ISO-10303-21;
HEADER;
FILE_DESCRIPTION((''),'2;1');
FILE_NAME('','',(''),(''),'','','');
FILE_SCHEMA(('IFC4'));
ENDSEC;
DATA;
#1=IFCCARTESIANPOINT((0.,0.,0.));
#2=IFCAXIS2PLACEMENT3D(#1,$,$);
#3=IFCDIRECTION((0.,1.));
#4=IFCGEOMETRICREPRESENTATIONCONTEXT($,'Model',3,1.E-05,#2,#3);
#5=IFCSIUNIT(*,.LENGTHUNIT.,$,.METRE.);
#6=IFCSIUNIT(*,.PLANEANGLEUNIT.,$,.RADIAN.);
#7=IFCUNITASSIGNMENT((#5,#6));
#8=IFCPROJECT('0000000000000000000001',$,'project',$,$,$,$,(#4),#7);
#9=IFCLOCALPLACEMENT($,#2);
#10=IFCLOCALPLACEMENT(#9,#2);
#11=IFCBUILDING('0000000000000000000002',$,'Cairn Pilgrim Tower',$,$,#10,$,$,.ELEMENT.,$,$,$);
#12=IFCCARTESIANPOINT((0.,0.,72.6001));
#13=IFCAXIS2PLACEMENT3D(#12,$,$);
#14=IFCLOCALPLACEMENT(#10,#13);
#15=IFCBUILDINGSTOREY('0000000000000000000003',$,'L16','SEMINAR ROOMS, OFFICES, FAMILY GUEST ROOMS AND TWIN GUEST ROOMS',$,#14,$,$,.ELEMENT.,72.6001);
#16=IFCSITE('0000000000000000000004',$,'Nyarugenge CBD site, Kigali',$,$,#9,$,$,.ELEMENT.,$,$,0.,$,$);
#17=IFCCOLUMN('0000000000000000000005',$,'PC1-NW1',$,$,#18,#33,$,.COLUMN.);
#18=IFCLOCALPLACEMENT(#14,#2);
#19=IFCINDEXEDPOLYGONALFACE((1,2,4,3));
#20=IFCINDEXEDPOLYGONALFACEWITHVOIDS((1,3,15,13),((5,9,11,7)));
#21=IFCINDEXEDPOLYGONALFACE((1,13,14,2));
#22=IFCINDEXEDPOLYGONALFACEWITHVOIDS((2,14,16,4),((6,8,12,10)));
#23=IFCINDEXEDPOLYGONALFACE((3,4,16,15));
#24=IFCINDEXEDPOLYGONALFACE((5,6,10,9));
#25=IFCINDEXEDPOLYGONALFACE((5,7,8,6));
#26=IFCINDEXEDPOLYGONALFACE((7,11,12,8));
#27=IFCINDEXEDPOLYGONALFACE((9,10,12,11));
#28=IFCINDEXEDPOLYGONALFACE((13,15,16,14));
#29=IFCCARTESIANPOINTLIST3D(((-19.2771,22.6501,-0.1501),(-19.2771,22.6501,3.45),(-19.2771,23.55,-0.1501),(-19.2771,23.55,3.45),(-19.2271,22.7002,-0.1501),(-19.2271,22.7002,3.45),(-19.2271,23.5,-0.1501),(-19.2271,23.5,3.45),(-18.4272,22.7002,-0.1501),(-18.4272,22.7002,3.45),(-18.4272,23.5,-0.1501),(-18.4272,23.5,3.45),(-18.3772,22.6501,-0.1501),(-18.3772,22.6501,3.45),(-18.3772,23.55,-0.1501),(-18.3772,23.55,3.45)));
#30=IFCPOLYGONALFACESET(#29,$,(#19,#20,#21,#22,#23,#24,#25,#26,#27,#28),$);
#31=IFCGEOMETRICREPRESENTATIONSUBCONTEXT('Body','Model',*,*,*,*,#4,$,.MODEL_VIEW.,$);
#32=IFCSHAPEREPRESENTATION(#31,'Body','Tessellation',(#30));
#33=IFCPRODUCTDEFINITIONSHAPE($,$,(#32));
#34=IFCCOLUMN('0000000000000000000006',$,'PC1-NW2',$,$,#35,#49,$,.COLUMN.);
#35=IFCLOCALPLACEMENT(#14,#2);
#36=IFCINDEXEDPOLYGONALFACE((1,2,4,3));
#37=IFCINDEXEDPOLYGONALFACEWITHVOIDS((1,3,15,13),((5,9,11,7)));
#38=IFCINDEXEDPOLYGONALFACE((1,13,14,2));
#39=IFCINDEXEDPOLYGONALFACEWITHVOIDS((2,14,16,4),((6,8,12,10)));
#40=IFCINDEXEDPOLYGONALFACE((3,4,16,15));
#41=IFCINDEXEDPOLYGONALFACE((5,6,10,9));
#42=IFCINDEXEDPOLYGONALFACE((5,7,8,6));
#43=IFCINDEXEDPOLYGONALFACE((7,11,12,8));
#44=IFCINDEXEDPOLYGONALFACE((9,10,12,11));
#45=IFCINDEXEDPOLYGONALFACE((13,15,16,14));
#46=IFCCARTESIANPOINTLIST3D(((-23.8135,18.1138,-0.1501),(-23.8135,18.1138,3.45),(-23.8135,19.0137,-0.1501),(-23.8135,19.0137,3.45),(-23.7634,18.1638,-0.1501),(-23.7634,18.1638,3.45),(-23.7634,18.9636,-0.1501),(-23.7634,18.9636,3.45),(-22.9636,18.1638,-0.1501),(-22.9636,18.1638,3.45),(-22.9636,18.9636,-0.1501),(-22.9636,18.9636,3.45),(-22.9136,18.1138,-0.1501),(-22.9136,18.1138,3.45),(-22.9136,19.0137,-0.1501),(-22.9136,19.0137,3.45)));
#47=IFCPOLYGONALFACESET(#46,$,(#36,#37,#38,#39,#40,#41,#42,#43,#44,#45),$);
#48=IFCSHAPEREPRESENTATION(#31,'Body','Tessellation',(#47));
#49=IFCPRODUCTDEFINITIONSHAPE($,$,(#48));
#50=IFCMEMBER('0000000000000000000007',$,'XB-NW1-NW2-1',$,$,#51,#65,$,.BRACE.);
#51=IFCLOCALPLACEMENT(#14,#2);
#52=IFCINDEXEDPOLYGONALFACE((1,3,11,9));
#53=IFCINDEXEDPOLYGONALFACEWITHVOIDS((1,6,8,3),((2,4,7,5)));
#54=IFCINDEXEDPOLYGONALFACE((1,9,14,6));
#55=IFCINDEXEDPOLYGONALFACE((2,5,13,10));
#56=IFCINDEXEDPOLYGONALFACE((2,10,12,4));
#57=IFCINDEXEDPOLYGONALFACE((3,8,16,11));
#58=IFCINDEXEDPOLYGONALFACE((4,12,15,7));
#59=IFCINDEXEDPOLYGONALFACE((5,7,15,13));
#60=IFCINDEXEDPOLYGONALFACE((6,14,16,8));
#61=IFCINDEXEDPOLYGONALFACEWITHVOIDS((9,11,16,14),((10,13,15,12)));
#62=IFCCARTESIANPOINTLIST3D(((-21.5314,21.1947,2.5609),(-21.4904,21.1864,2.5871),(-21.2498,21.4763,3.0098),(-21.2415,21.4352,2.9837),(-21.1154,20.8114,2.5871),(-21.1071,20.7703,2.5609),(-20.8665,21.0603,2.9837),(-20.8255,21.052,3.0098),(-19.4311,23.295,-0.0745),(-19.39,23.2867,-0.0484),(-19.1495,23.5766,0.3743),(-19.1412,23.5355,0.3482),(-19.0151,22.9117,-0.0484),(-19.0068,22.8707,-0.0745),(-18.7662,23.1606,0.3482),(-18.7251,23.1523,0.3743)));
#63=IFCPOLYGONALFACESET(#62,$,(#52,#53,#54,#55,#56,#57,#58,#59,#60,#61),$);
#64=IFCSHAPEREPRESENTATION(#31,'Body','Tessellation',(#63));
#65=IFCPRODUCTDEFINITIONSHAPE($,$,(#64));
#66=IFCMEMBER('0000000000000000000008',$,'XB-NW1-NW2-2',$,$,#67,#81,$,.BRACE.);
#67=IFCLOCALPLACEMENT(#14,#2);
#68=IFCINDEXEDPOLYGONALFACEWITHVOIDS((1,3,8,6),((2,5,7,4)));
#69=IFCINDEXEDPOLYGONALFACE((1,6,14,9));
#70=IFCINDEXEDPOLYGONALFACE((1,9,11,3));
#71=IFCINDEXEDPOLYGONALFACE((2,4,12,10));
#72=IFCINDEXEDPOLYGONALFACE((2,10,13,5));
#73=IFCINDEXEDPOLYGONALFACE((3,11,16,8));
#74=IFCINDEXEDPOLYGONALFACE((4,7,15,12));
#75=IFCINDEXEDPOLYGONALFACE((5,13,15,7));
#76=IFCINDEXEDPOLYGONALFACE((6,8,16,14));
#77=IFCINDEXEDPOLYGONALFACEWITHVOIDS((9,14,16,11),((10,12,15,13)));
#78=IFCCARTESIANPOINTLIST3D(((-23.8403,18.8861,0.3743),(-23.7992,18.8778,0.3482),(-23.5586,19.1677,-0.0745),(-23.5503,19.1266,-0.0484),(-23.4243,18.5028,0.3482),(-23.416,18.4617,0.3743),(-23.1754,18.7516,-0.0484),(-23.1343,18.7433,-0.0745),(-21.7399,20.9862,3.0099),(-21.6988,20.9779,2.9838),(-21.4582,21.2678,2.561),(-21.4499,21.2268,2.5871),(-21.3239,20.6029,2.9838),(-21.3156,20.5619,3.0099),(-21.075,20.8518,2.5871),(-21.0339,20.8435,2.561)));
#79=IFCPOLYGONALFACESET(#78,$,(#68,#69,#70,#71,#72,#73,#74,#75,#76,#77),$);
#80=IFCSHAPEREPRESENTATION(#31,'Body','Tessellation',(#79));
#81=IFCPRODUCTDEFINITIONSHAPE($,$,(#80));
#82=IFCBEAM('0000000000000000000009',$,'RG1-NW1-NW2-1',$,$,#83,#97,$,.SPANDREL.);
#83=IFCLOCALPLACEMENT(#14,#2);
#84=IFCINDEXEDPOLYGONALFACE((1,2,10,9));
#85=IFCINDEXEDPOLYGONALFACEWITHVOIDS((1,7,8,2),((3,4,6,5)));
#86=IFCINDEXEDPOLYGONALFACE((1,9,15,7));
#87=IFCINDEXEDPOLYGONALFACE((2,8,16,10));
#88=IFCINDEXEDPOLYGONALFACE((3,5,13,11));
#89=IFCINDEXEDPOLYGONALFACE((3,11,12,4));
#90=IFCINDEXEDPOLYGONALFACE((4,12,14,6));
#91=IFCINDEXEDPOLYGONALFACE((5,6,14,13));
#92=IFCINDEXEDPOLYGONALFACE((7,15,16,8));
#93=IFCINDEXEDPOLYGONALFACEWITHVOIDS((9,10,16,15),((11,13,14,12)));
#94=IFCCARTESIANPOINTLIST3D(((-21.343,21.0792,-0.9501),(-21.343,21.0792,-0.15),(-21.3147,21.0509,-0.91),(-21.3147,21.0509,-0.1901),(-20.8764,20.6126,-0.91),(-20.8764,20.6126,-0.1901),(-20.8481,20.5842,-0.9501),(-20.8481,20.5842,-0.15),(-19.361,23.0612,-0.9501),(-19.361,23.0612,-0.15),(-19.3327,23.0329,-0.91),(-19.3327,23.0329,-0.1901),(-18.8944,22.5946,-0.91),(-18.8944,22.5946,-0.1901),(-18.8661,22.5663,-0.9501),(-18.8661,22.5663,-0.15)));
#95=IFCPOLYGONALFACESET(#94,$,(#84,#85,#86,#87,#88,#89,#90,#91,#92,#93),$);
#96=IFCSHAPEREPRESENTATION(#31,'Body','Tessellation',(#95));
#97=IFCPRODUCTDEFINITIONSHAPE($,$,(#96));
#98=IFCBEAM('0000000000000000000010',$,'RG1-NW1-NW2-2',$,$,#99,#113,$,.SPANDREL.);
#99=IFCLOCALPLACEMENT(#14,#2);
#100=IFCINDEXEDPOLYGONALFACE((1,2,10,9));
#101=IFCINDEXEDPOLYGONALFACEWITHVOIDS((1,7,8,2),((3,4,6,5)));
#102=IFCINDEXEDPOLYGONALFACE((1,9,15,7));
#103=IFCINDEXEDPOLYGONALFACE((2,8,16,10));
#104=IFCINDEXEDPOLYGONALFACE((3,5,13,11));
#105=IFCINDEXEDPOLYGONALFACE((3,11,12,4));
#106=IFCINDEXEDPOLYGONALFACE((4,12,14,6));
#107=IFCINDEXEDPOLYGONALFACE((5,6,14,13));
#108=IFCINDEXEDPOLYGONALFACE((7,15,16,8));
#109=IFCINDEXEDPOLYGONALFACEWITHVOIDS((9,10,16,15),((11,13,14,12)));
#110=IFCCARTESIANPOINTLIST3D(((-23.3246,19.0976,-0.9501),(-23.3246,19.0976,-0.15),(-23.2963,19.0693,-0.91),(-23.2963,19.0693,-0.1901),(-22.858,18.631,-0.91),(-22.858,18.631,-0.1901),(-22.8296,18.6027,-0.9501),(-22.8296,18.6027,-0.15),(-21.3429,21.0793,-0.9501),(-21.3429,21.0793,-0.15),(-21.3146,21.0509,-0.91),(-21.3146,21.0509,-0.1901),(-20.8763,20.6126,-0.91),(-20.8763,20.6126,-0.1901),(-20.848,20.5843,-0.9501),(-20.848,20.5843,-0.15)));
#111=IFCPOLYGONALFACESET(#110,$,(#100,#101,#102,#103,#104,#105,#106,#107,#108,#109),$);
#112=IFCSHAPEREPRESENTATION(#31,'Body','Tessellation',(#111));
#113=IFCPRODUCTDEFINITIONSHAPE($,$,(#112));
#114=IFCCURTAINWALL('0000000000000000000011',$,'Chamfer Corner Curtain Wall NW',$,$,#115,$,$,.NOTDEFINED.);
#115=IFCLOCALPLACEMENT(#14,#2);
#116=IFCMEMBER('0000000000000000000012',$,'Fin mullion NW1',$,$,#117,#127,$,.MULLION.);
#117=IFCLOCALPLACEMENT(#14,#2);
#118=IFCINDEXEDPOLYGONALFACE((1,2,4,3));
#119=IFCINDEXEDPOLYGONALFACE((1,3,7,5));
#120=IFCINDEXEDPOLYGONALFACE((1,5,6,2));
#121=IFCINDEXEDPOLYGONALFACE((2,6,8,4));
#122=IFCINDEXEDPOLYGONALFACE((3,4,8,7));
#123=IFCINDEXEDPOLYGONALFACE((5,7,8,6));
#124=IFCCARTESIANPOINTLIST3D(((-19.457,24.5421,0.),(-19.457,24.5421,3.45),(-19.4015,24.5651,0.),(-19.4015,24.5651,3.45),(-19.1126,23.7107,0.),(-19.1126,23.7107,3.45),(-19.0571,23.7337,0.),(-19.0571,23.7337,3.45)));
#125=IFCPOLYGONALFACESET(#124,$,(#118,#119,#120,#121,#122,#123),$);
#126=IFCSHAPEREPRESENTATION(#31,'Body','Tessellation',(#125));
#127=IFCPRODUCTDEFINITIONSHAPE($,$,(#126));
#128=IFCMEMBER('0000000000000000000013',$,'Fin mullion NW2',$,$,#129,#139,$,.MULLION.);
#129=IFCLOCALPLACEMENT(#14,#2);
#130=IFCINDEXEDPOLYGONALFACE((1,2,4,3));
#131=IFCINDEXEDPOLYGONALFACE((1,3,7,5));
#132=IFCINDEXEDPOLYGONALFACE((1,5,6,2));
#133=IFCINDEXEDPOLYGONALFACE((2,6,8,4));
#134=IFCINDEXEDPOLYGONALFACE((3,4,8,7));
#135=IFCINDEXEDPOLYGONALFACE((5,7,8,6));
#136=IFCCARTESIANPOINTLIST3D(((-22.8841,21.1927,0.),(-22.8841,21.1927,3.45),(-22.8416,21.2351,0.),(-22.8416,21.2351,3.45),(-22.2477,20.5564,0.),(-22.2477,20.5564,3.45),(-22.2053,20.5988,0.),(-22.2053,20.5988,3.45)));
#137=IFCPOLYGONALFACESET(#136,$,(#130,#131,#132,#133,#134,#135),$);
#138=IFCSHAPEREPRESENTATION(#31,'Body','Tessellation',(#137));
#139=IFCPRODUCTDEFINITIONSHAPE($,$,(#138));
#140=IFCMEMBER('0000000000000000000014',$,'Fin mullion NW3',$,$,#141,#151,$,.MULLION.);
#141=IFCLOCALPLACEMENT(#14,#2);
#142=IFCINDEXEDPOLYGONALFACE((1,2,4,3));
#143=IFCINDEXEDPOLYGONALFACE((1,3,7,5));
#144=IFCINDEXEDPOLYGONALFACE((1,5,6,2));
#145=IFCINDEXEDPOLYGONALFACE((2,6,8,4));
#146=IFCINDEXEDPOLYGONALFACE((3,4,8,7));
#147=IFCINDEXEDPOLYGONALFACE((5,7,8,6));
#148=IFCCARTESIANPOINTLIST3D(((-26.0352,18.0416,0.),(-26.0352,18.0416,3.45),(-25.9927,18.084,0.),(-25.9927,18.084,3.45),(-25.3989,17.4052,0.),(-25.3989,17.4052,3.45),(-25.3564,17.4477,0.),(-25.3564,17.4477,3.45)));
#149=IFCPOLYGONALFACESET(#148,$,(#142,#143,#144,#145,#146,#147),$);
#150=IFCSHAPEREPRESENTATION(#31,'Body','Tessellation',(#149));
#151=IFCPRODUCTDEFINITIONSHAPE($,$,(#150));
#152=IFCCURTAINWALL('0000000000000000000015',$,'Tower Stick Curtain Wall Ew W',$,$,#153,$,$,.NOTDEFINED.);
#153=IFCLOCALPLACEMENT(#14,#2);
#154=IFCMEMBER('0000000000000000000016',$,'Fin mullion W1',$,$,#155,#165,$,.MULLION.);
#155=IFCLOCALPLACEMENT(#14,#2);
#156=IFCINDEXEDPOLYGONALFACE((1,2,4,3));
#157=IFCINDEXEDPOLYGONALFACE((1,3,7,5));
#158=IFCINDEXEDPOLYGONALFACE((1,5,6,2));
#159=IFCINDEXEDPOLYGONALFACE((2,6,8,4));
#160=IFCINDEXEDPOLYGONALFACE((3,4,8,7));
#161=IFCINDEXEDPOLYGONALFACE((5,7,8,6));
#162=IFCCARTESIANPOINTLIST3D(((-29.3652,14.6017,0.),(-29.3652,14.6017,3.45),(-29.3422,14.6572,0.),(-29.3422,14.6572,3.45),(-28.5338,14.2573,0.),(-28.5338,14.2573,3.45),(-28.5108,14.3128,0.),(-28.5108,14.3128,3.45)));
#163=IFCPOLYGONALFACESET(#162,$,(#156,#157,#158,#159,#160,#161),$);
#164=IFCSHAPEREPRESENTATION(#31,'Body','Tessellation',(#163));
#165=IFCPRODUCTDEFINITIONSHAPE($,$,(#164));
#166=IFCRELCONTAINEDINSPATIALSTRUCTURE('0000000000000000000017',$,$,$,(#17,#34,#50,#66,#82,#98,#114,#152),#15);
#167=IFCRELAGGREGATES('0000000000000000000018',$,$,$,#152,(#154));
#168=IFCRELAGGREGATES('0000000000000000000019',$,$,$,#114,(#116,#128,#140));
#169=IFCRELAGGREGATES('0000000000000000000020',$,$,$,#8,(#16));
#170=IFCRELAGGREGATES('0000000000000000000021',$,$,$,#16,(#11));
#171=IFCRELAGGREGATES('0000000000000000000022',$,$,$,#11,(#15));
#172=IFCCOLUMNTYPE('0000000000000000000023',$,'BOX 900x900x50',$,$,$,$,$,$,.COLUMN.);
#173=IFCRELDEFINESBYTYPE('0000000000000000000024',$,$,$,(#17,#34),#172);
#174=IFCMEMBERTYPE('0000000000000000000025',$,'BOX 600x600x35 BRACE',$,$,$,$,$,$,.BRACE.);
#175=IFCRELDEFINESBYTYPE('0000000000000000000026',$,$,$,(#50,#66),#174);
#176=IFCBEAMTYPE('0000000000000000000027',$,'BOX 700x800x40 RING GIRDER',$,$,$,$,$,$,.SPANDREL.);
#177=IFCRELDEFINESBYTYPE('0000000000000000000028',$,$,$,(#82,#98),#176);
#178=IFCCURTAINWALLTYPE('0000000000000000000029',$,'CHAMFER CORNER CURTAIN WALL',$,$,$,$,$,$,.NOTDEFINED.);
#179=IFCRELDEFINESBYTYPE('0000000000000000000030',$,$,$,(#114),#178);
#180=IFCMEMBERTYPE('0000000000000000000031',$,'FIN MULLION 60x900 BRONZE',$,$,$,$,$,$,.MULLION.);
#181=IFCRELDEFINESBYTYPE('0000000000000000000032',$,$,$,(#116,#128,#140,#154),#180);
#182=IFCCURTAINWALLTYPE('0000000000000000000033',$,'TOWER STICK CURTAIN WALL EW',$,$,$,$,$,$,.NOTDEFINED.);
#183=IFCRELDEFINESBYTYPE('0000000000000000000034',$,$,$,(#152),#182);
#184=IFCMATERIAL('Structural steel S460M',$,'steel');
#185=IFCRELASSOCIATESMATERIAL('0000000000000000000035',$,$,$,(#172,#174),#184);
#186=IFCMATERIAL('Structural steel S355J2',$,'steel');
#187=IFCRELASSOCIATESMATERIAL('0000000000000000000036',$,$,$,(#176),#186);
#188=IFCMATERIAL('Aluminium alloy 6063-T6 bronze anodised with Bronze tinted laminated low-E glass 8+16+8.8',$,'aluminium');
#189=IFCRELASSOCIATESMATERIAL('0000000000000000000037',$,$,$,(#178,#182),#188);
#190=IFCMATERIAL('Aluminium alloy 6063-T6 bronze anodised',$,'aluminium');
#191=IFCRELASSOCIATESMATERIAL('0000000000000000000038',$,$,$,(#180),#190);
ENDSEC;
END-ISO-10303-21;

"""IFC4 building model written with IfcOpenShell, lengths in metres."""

from ifc_helpers import new_model, si_unit, direction, frame, origin, origin_2d, place, context, subcontext, project, spatial, rectangle, hollow_rectangle, extrude, material, material_profile, profile_set, type_object, element, aggregate, save


model = new_model("IFC4")

# Units and contexts
model_context = context("Model", 3, precision=1e-05, world=origin(), true_north=direction((0.0, 1.0)))
body_context = subcontext(model_context, "Body", "Model", "MODEL_VIEW")
ifc_project = project(units=[si_unit("LENGTHUNIT", "METRE"), si_unit("PLANEANGLEUNIT", "RADIAN")], contexts=[model_context])

# Site, building, storey
site_placement = place(None, origin())
site = spatial("IfcSite", under=ifc_project, at=site_placement, Name="Nyarugenge CBD site, Kigali", CompositionType="ELEMENT", RefElevation=0.0)
building_placement = place(site_placement, origin())
building = spatial("IfcBuilding", under=site, at=building_placement, Name="Cairn Pilgrim Tower", CompositionType="ELEMENT")
storey_placement = place(building_placement, frame((0.0, 0.0, 72.6001)))
storey = spatial("IfcBuildingStorey", under=building, at=storey_placement, Name="L16", Description="SEMINAR ROOMS, OFFICES, FAMILY GUEST ROOMS AND TWIN GUEST ROOMS", CompositionType="ELEMENT", Elevation=72.6001)

# Columns
ifc_material_1 = material(Name="Structural steel S460M", Category="steel")
ifc_material_profile_1 = material_profile(ifc_material_1, hollow_rectangle(XDim=0.8999, YDim=0.8999, WallThickness=0.05, at=origin_2d()), Name="BOX 900x900x50")
ifc_profile_set_1 = profile_set([ifc_material_profile_1], Name="Structural steel S460M")
column_type = type_object("IfcColumnType", Name="BOX 900x900x50", PredefinedType="COLUMN", material=ifc_profile_set_1)
for number, where, z_axis, x_axis, name in (
    (1, (-18.8271, 23.1001, -0.1501), (0.0, 0.0, 1.0), (1.0, 0.0, 0.0), "PC1-NW1"),
    (2, (-23.3635, 18.5637, -0.1501), (0.0, 0.0, 1.0), (1.0, 0.0, 0.0), "PC1-NW2"),
):
    element("IfcColumn", number, at=place(storey_placement, frame(where, z_axis=z_axis, x_axis=x_axis)), inside=storey, type_object=column_type, Name=name, PredefinedType="COLUMN", context=body_context, shape_type="SweptSolid", body=[
        extrude(hollow_rectangle(XDim=0.8999, YDim=0.8999, WallThickness=0.05, at=origin_2d()), origin(), (0.0, 0.0, 1.0), 3.6001),
    ])

# Members
ifc_material_profile_2 = material_profile(ifc_material_1, hollow_rectangle(XDim=0.6001, YDim=0.6001, WallThickness=0.0349, at=origin_2d()), Name="BOX 600x600x35")
ifc_profile_set_2 = profile_set([ifc_material_profile_2], Name="Structural steel S460M")
member_type_1 = type_object("IfcMemberType", Name="BOX 600x600x35 BRACE", PredefinedType="BRACE", material=ifc_profile_set_2)
for number, where, z_axis, x_axis, name in (
    (3, (-19.0781, 23.2236, 0.1499), (-0.528922, -0.528922, 0.663689), (0.707107, -0.707107, 0.0), "XB-NW1-NW2-1"),
    (4, (-23.4873, 18.8147, 0.1499), (0.528939, 0.528878, 0.66371), (-0.707066, 0.707148, 0.0), "XB-NW1-NW2-2"),
):
    element("IfcMember", number, at=place(storey_placement, frame(where, z_axis=z_axis, x_axis=x_axis)), inside=storey, type_object=member_type_1, Name=name, PredefinedType="BRACE", context=body_context, shape_type="SweptSolid", body=[
        extrude(hollow_rectangle(XDim=0.6001, YDim=0.6001, WallThickness=0.0349, at=origin_2d()), origin(), (0.0, 0.0, 1.0), 3.9709),
    ])

# Beams
ifc_material_2 = material(Name="Structural steel S355J2", Category="steel")
ifc_material_profile_3 = material_profile(ifc_material_2, hollow_rectangle(XDim=0.7, YDim=0.8, WallThickness=0.04, at=origin_2d()), Name="BOX 700x800x40")
ifc_profile_set_3 = profile_set([ifc_material_profile_3], Name="Structural steel S355J2")
beam_type_1 = type_object("IfcBeamType", Name="BOX 700x800x40 RING GIRDER", PredefinedType="SPANDREL", material=ifc_profile_set_3)
beam_1_placement = place(storey_placement, frame((-19.1135, 22.8137, -0.55), z_axis=(-0.707107, -0.707107, 0.0), x_axis=(0.707107, -0.707107, 0.0)))
element("IfcBeam", 5, at=beam_1_placement, inside=storey, type_object=beam_type_1, Name="RG1-NW1-NW2-1", PredefinedType="SPANDREL", context=body_context, shape_type="SweptSolid", body=[
    extrude(hollow_rectangle(XDim=0.7, YDim=0.8, WallThickness=0.04, at=origin_2d()), origin(), (0.0, 0.0, 1.0), 2.803),
])
beam_2_placement = place(storey_placement, frame((-21.0955, 20.8318, -0.55), z_axis=(-0.707107, -0.707107, 0.0), x_axis=(0.707107, -0.707107, 0.0)))
element("IfcBeam", 6, at=beam_2_placement, inside=storey, type_object=beam_type_1, Name="RG1-NW1-NW2-2", PredefinedType="SPANDREL", context=body_context, shape_type="SweptSolid", body=[
    extrude(hollow_rectangle(XDim=0.7, YDim=0.8, WallThickness=0.04, at=origin_2d()), origin(), (0.0, 0.0, 1.0), 2.8025),
])

# Curtain wall, members
ifc_material_3 = material(Name="Aluminium alloy 6063-T6 bronze anodised with Bronze tinted laminated low-E glass 8+16+8.8", Category="aluminium")
curtain_wall_type_1 = type_object("IfcCurtainWallType", Name="CHAMFER CORNER CURTAIN WALL", PredefinedType="NOTDEFINED", material=ifc_material_3)
curtain_wall_1_placement = place(storey_placement, origin())
curtain_wall_1 = element("IfcCurtainWall", 7, at=curtain_wall_1_placement, inside=storey, type_object=curtain_wall_type_1, Name="Chamfer Corner Curtain Wall NW", PredefinedType="NOTDEFINED")
ifc_material_4 = material(Name="Aluminium alloy 6063-T6 bronze anodised", Category="aluminium")
ifc_material_profile_4 = material_profile(ifc_material_4, rectangle(XDim=0.8999, YDim=0.0601, at=origin_2d()), Name="FIN MULLION 60x900 BRONZE")
ifc_profile_set_4 = profile_set([ifc_material_profile_4], Name="Aluminium alloy 6063-T6 bronze anodised")
member_type_2 = type_object("IfcMemberType", Name="FIN MULLION 60x900 BRONZE", PredefinedType="MULLION", material=ifc_profile_set_4)
member_1_placement = place(storey_placement, frame((-19.2571, 24.1379, 0.0), z_axis=(0.0, 0.0, 1.0), x_axis=(-0.382683, 0.92388, 0.0)))
member_1 = element("IfcMember", 8, at=member_1_placement, type_object=member_type_2, Name="Fin mullion NW1", PredefinedType="MULLION", context=body_context, shape_type="SweptSolid", body=[
    extrude(rectangle(XDim=0.8999, YDim=0.0601, at=origin_2d()), origin(), (0.0, 0.0, 1.0), 3.45),
])
member_2_placement = place(storey_placement, frame((-22.5447, 20.8958, 0.0), z_axis=(0.0, 0.0, 1.0), x_axis=(-0.707107, 0.707107, 0.0)))
member_2 = element("IfcMember", 9, at=member_2_placement, type_object=member_type_2, Name="Fin mullion NW2", PredefinedType="MULLION", context=body_context, shape_type="SweptSolid", body=[
    extrude(rectangle(XDim=0.8999, YDim=0.0601, at=origin_2d()), origin(), (0.0, 0.0, 1.0), 3.45),
])
member_3_placement = place(storey_placement, frame((-25.6958, 17.7446, 0.0), z_axis=(0.0, 0.0, 1.0), x_axis=(-0.707107, 0.707107, 0.0)))
member_3 = element("IfcMember", 10, at=member_3_placement, type_object=member_type_2, Name="Fin mullion NW3", PredefinedType="MULLION", context=body_context, shape_type="SweptSolid", body=[
    extrude(rectangle(XDim=0.8999, YDim=0.0601, at=origin_2d()), origin(), (0.0, 0.0, 1.0), 3.45),
])

# Curtain wall, member
curtain_wall_type_2 = type_object("IfcCurtainWallType", Name="TOWER STICK CURTAIN WALL EW", PredefinedType="NOTDEFINED", material=ifc_material_3)
curtain_wall_2_placement = place(storey_placement, origin())
curtain_wall_2 = element("IfcCurtainWall", 11, at=curtain_wall_2_placement, inside=storey, type_object=curtain_wall_type_2, Name="Tower Stick Curtain Wall Ew W", PredefinedType="NOTDEFINED")
member_4_placement = place(storey_placement, frame((-28.938, 14.4573, 0.0), z_axis=(0.0, 0.0, 1.0), x_axis=(-0.92388, 0.382683, 0.0)))
member_4 = element("IfcMember", 12, at=member_4_placement, type_object=member_type_2, Name="Fin mullion W1", PredefinedType="MULLION", context=body_context, shape_type="SweptSolid", body=[
    extrude(rectangle(XDim=0.8999, YDim=0.0601, at=origin_2d()), origin(), (0.0, 0.0, 1.0), 3.45),
])

aggregate(curtain_wall_2, [member_4])

aggregate(curtain_wall_1, [member_1, member_2, member_3])

save(model, "model.ifc")
